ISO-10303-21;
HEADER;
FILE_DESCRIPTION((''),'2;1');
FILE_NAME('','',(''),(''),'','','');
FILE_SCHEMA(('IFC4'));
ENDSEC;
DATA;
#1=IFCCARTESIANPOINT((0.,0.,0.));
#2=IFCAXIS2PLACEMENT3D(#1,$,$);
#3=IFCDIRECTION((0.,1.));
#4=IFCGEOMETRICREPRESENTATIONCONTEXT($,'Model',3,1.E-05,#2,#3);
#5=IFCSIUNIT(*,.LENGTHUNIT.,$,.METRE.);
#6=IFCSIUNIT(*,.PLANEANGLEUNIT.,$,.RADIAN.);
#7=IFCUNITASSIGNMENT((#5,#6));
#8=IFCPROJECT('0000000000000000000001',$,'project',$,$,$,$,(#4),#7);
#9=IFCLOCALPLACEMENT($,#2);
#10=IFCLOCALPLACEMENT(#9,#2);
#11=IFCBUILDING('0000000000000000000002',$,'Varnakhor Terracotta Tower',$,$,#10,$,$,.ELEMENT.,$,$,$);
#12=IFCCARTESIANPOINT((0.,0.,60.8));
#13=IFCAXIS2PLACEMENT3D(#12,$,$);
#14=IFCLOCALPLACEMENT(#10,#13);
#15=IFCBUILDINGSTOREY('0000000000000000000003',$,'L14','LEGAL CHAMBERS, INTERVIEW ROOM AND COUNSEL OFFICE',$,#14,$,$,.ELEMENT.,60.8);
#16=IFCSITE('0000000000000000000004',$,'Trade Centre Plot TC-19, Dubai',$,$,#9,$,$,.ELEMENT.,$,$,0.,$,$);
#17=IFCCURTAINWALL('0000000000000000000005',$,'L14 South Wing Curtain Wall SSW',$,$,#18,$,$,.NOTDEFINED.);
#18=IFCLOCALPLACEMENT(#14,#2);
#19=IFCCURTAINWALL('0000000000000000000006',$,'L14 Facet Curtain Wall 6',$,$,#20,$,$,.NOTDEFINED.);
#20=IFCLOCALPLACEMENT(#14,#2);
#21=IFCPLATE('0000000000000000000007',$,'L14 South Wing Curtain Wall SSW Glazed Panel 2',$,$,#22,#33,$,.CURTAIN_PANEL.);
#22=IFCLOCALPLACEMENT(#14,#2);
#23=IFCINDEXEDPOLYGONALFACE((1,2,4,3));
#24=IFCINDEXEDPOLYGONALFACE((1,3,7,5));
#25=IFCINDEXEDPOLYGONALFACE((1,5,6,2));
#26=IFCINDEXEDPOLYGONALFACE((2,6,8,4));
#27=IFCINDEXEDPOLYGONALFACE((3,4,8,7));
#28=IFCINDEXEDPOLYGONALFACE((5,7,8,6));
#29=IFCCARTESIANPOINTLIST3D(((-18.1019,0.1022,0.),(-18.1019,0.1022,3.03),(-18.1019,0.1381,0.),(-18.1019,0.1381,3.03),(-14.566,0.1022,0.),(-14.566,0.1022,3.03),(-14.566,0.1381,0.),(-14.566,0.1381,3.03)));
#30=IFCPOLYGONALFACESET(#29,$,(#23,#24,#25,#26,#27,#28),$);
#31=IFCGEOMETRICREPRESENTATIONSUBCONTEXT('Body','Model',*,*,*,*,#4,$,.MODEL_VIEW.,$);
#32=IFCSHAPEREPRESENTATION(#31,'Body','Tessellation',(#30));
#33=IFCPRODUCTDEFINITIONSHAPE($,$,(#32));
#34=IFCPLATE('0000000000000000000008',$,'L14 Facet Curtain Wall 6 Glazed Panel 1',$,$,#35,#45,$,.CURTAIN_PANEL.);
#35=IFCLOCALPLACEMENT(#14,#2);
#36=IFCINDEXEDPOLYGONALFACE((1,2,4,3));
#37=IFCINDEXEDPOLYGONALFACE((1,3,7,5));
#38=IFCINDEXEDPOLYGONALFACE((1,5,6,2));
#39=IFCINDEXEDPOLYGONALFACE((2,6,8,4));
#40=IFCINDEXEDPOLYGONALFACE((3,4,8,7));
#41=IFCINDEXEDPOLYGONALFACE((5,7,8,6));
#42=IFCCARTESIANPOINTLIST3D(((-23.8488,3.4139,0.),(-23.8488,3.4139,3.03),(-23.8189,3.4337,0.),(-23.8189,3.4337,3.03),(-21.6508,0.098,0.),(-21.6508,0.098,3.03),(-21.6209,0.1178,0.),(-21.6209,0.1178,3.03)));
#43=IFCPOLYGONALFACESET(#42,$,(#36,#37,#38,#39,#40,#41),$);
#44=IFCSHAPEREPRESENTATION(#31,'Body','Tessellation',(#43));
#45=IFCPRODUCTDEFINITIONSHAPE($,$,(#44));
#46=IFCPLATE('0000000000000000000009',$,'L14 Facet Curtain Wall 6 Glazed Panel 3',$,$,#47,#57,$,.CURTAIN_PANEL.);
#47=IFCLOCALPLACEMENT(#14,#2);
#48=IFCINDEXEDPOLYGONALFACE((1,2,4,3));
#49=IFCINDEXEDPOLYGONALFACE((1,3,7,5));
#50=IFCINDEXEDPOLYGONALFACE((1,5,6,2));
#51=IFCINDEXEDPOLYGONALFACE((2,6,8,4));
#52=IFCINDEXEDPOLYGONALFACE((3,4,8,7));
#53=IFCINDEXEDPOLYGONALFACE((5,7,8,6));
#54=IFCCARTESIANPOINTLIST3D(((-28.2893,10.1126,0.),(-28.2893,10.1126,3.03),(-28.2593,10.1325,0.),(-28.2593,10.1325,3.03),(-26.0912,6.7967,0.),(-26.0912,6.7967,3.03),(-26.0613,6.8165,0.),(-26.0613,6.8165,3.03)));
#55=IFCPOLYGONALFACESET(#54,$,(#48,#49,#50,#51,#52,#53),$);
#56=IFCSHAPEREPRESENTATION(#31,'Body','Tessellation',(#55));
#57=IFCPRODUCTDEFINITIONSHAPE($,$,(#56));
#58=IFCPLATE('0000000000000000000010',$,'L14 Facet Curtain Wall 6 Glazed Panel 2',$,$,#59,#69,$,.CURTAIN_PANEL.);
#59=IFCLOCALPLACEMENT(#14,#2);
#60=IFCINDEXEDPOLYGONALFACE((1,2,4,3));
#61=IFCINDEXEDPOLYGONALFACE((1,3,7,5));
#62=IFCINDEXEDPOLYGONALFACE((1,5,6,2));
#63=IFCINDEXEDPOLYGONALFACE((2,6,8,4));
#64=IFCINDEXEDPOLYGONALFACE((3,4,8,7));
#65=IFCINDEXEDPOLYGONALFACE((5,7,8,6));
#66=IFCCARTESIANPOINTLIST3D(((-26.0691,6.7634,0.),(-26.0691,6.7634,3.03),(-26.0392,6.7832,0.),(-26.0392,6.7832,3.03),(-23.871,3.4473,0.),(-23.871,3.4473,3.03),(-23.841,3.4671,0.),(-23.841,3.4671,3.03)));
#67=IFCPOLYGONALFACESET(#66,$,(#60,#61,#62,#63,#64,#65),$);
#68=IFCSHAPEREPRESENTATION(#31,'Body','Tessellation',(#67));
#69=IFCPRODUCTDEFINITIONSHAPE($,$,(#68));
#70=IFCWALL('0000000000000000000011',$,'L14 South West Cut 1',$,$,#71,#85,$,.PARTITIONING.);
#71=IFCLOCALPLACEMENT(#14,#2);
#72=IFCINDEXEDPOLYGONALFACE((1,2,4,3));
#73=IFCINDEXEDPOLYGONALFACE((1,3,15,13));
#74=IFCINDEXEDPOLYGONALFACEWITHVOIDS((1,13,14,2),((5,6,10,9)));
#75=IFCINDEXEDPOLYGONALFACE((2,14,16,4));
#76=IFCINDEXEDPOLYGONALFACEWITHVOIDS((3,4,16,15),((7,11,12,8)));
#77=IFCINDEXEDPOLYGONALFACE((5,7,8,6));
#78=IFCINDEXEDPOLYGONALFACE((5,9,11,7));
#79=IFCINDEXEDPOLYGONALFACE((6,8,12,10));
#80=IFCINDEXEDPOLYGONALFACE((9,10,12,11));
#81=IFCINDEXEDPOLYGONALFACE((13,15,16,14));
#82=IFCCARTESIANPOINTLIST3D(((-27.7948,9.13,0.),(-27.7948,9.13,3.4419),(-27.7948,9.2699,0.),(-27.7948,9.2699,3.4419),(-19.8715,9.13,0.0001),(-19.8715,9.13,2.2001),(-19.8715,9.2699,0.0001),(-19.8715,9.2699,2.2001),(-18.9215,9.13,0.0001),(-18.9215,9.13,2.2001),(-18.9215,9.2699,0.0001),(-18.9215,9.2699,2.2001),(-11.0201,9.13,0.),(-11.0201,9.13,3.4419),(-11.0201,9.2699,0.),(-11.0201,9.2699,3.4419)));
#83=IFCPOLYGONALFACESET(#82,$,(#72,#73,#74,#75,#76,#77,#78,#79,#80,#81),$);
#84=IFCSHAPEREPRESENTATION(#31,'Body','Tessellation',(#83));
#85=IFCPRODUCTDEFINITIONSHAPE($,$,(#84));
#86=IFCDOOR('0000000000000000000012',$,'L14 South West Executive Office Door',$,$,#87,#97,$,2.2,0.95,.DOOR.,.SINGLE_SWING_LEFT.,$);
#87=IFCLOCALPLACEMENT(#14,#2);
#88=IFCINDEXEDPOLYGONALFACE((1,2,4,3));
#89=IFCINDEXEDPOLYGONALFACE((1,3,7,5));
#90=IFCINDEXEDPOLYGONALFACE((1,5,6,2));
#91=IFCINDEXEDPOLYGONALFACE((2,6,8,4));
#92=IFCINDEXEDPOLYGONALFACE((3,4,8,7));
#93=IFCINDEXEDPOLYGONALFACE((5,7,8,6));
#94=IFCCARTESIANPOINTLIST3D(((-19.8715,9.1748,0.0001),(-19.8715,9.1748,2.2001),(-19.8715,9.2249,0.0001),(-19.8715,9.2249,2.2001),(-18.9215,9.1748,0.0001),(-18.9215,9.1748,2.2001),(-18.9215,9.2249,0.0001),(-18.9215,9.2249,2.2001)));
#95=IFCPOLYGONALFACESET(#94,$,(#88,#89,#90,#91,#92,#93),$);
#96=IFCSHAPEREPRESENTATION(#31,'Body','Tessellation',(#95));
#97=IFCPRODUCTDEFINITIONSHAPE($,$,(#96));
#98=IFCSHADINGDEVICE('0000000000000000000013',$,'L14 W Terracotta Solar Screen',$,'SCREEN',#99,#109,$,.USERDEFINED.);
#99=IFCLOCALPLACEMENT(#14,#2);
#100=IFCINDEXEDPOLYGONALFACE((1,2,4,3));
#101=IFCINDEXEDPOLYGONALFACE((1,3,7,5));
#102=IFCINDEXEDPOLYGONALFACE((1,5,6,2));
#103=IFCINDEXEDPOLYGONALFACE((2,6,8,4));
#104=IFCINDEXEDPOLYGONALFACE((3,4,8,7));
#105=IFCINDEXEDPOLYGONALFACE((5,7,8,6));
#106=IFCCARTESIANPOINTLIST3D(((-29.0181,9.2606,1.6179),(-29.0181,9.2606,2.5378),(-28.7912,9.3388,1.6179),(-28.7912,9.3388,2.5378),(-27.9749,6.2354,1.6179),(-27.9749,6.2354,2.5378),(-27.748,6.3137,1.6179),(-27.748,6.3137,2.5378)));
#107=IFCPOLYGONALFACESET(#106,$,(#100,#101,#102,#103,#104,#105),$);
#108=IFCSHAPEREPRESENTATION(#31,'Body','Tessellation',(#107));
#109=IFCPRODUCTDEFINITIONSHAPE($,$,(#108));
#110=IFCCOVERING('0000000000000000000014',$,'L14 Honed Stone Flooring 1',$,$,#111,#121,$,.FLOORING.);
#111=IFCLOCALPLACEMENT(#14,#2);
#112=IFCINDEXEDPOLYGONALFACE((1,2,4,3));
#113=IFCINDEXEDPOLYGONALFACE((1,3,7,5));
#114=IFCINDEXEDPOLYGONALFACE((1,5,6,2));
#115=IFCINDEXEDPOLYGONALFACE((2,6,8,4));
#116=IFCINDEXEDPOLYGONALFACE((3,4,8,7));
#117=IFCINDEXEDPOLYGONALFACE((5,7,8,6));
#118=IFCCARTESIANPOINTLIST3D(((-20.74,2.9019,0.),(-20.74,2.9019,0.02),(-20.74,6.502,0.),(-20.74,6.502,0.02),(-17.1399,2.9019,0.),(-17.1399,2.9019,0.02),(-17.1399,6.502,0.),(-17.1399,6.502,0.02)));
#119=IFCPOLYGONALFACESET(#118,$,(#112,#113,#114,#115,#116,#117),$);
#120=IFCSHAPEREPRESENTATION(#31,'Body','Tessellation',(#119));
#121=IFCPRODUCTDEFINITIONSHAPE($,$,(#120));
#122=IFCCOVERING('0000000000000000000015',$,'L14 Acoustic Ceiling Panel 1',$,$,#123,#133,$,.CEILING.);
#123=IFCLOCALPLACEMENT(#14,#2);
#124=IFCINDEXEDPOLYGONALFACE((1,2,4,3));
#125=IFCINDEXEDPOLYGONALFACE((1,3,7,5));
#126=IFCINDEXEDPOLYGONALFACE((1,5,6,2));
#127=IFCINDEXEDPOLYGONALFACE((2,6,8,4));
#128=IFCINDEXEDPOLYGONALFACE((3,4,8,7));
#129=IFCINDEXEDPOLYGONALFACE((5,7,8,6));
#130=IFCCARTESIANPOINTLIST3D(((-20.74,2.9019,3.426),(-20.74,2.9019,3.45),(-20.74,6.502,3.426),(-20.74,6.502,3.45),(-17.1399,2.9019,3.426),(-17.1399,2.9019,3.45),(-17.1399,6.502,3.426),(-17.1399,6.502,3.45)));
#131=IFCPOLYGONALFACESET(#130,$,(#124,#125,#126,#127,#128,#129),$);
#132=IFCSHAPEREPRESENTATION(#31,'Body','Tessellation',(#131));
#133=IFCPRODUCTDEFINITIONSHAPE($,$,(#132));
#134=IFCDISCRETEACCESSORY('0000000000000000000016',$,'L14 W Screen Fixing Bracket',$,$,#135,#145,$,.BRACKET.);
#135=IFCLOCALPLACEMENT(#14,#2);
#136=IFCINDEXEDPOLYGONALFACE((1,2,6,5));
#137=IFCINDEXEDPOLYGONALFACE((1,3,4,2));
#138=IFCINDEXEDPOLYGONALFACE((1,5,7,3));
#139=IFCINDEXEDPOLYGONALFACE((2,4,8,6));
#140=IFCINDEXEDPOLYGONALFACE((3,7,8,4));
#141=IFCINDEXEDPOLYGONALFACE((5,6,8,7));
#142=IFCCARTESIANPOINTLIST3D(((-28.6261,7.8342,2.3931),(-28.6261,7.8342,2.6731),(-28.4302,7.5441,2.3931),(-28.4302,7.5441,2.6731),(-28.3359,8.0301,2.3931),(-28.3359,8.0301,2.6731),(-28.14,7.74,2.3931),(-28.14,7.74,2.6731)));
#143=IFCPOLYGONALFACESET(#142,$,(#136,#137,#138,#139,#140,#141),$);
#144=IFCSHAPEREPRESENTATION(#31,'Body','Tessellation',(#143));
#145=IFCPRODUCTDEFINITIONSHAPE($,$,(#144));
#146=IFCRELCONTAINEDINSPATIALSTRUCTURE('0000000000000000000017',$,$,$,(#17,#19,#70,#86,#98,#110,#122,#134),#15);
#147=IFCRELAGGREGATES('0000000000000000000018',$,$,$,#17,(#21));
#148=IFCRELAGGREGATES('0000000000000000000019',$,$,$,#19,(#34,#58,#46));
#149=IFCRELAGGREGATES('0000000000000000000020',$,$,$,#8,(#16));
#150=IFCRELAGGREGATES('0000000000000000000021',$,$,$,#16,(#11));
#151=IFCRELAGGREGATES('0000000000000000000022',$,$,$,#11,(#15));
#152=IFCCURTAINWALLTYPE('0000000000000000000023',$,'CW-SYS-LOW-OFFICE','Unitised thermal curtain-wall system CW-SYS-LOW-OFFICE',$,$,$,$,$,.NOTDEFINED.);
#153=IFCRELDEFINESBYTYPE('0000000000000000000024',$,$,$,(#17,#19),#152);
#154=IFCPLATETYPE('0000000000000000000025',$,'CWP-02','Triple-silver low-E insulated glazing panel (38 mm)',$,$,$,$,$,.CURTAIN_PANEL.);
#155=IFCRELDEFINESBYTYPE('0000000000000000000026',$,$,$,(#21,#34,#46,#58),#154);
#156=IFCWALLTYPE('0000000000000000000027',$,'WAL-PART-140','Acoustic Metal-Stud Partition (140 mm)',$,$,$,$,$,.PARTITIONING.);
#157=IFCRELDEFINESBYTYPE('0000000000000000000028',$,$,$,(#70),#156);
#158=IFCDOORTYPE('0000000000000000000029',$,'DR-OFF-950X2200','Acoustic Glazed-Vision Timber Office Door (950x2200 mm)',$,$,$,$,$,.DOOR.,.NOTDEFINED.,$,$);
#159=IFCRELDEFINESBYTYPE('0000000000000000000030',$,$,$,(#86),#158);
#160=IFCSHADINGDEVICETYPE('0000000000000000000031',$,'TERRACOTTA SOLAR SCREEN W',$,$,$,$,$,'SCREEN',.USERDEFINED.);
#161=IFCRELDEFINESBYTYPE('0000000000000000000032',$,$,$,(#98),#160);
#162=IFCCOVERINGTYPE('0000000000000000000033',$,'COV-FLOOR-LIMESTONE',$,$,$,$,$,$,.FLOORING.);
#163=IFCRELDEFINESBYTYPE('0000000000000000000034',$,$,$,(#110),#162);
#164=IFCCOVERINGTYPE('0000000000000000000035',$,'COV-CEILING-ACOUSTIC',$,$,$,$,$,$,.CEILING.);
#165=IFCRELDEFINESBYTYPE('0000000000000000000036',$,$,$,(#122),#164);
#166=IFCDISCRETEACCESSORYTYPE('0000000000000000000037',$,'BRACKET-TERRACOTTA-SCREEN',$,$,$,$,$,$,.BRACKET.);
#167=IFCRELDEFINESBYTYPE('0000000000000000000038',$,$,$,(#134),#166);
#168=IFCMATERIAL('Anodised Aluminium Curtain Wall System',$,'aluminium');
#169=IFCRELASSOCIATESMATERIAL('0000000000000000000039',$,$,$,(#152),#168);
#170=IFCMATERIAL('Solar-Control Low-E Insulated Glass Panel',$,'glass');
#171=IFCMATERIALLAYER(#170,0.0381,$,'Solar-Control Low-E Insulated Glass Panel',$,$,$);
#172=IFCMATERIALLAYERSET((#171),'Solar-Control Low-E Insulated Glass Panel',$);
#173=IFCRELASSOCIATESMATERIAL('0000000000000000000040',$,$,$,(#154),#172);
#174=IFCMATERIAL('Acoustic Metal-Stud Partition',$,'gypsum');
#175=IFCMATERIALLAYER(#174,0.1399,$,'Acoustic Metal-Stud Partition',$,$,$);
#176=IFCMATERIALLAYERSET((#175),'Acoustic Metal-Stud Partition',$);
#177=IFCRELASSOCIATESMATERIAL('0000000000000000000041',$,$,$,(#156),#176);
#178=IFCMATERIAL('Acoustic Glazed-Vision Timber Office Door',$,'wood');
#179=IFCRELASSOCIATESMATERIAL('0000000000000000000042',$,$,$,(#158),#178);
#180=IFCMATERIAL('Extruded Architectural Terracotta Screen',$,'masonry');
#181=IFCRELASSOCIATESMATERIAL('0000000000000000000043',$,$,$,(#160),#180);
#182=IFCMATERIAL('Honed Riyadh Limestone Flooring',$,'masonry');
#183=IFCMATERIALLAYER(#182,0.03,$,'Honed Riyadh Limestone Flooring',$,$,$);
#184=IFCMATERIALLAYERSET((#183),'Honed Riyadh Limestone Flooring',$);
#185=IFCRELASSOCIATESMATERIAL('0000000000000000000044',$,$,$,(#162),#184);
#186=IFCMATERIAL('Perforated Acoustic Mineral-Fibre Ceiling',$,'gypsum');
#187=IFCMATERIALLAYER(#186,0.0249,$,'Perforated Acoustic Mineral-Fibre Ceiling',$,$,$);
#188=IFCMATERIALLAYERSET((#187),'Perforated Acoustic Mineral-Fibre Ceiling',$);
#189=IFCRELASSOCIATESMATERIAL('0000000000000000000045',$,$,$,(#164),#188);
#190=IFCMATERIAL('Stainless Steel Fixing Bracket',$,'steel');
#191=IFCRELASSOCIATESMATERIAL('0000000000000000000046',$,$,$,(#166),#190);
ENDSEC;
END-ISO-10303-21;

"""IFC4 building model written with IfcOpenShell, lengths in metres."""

from ifc_helpers import new_model, si_unit, direction, frame, frame_2d, origin, origin_2d, place, context, subcontext, project, spatial, rectangle, extrude, source, transform, mapped, material, layer, layer_set, type_object, type_shapes, element, fill, aggregate, save


model = new_model("IFC4")

# Units and contexts
model_context = context("Model", 3, precision=1e-05, world=origin(), true_north=direction((0.0, 1.0)))
body_context = subcontext(model_context, "Body", "Model", "MODEL_VIEW")
ifc_project = project(units=[si_unit("LENGTHUNIT", "METRE"), si_unit("PLANEANGLEUNIT", "RADIAN")], contexts=[model_context])

# Site, building, storey
site_placement = place(None, origin())
site = spatial("IfcSite", under=ifc_project, at=site_placement, Name="Trade Centre Plot TC-19, Dubai", CompositionType="ELEMENT", RefElevation=0.0)
building_placement = place(site_placement, origin())
building = spatial("IfcBuilding", under=site, at=building_placement, Name="Varnakhor Terracotta Tower", CompositionType="ELEMENT")
storey_placement = place(building_placement, frame((0.0, 0.0, 60.8)))
storey = spatial("IfcBuildingStorey", under=building, at=storey_placement, Name="L14", Description="LEGAL CHAMBERS, INTERVIEW ROOM AND COUNSEL OFFICE", CompositionType="ELEMENT", Elevation=60.8)

# Shared definitions
ifc_material_1 = material(Name="Anodised Aluminium Curtain Wall System", Category="aluminium")
curtain_wall_type = type_object("IfcCurtainWallType", Name="CW-SYS-LOW-OFFICE", Description="Unitised thermal curtain-wall system CW-SYS-LOW-OFFICE", PredefinedType="NOTDEFINED", material=ifc_material_1)

# Curtain walls
curtain_wall_1_placement = place(storey_placement, origin())
curtain_wall_1 = element("IfcCurtainWall", 1, at=curtain_wall_1_placement, inside=storey, type_object=curtain_wall_type, Name="L14 South Wing Curtain Wall SSW", PredefinedType="NOTDEFINED")
curtain_wall_2_placement = place(storey_placement, origin())
curtain_wall_2 = element("IfcCurtainWall", 2, at=curtain_wall_2_placement, inside=storey, type_object=curtain_wall_type, Name="L14 Facet Curtain Wall 6", PredefinedType="NOTDEFINED")

# Plates
ifc_material_2 = material(Name="Solar-Control Low-E Insulated Glass Panel", Category="glass")
ifc_layer_1 = layer(ifc_material_2, 0.0381, Name="Solar-Control Low-E Insulated Glass Panel")
ifc_layer_set_1 = layer_set([ifc_layer_1], Name="Solar-Control Low-E Insulated Glass Panel")
plate_type = type_object("IfcPlateType", Name="CWP-02", Description="Triple-silver low-E insulated glazing panel (38 mm)", PredefinedType="CURTAIN_PANEL", material=ifc_layer_set_1)
shared_shape_1 = source(origin(), body_context, "Body", "SweptSolid", [
    extrude(rectangle(XDim=3.5359, YDim=0.0359, at=origin_2d()), origin(), (0.0, 0.0, 1.0), 3.03),
])
plate_1_placement = place(storey_placement, frame((-16.334, 0.1201, 0.0), z_axis=(0.0, 0.0, 1.0), x_axis=(-1.0, 0.0, 0.0)))
plate_1 = element("IfcPlate", 3, at=plate_1_placement, type_object=plate_type, Name="L14 South Wing Curtain Wall SSW Glazed Panel 2", PredefinedType="CURTAIN_PANEL", context=body_context, shape_type="MappedRepresentation", body=[
    mapped(shared_shape_1, transform((0.0, 0.0, 0.0), scale=1.0)),
])
aggregate(curtain_wall_1, [plate_1])
shared_shape_2 = source(origin(), body_context, "Body", "SweptSolid", [
    extrude(rectangle(XDim=3.9783, YDim=0.0359, at=origin_2d()), origin(), (0.0, 0.0, 1.0), 3.03),
])
plate_2_placement = place(storey_placement, frame((-22.7349, 1.7659, 0.0), z_axis=(0.0, 0.0, 1.0), x_axis=(-0.552504, 0.83351, 0.0)))
plate_2 = element("IfcPlate", 4, at=plate_2_placement, type_object=plate_type, Name="L14 Facet Curtain Wall 6 Glazed Panel 1", PredefinedType="CURTAIN_PANEL", context=body_context, shape_type="MappedRepresentation", body=[
    mapped(shared_shape_2, transform((0.0, 0.0, 0.0), scale=1.0)),
])
plate_3_placement = place(storey_placement, frame((-27.1753, 8.4646, 0.0), z_axis=(0.0, 0.0, 1.0), x_axis=(-0.552504, 0.83351, 0.0)))
plate_3 = element("IfcPlate", 5, at=plate_3_placement, type_object=plate_type, Name="L14 Facet Curtain Wall 6 Glazed Panel 3", PredefinedType="CURTAIN_PANEL", context=body_context, shape_type="MappedRepresentation", body=[
    mapped(shared_shape_2, transform((0.0, 0.0, 0.0), scale=1.0)),
])
shared_shape_3 = source(origin(), body_context, "Body", "SweptSolid", [
    extrude(rectangle(XDim=3.9785, YDim=0.0359, at=origin_2d()), origin(), (0.0, 0.0, 1.0), 3.03),
])
plate_4_placement = place(storey_placement, frame((-24.9551, 5.1152, 0.0), z_axis=(0.0, 0.0, 1.0), x_axis=(-0.552504, 0.83351, 0.0)))
plate_4 = element("IfcPlate", 6, at=plate_4_placement, type_object=plate_type, Name="L14 Facet Curtain Wall 6 Glazed Panel 2", PredefinedType="CURTAIN_PANEL", context=body_context, shape_type="MappedRepresentation", body=[
    mapped(shared_shape_3, transform((0.0, 0.0, 0.0), scale=1.0)),
])
aggregate(curtain_wall_2, [plate_2, plate_4, plate_3])

# Wall, opening, door
ifc_material_3 = material(Name="Acoustic Metal-Stud Partition", Category="gypsum")
ifc_layer_2 = layer(ifc_material_3, 0.1399, Name="Acoustic Metal-Stud Partition")
ifc_layer_set_2 = layer_set([ifc_layer_2], Name="Acoustic Metal-Stud Partition")
wall_type = type_object("IfcWallType", Name="WAL-PART-140", Description="Acoustic Metal-Stud Partition (140 mm)", PredefinedType="PARTITIONING", material=ifc_layer_set_2)
wall_placement = place(storey_placement, frame((-27.7947, 9.2, 0.0), z_axis=(0.0, 0.0, 1.0), x_axis=(1.0, 0.0, 0.0)))
wall = element("IfcWall", 7, at=wall_placement, inside=storey, type_object=wall_type, Name="L14 South West Cut 1", PredefinedType="PARTITIONING", context=body_context, shape_type="SweptSolid", body=[
    extrude(rectangle(XDim=16.7747, YDim=0.1399, at=frame_2d((8.3872, 0.0))), origin(), (0.0, 0.0, 1.0), 3.4419),
])
opening_placement = place(wall_placement, frame((7.9231, 0.0, 0.0)))
opening = element("IfcOpeningElement", 8, at=opening_placement, cuts=wall, PredefinedType="OPENING", context=body_context, shape_type="SweptSolid", body=[
    extrude(rectangle(XDim=0.95, YDim=2.2, at=frame_2d((0.4751, 1.1001))), frame((0.0, 0.0801, 0.0), z_axis=(0.0, -1.0, 0.0), x_axis=(1.0, 0.0, 0.0)), (0.0, 0.0, 1.0), 0.1599),
])
ifc_material_4 = material(Name="Acoustic Glazed-Vision Timber Office Door", Category="wood")
door_type = type_object("IfcDoorType", Name="DR-OFF-950X2200", Description="Acoustic Glazed-Vision Timber Office Door (950x2200 mm)", OperationType="NOTDEFINED", PredefinedType="DOOR", material=ifc_material_4)
shared_shape_4 = source(origin(), body_context, "Body", "SweptSolid", [
    extrude(rectangle(XDim=0.95, YDim=2.2, at=frame_2d((0.4751, 1.1001))), frame((0.0, 0.0249, 0.0), z_axis=(0.0, -1.0, 0.0), x_axis=(1.0, 0.0, 0.0)), (0.0, 0.0, 1.0), 0.05),
])
type_shapes(door_type, [shared_shape_4])
door_placement = place(opening_placement, origin())
door = element("IfcDoor", 9, at=door_placement, inside=storey, type_object=door_type, Name="L14 South West Executive Office Door", OperationType="SINGLE_SWING_LEFT", OverallHeight=2.2, OverallWidth=0.95, PredefinedType="DOOR", context=body_context, shape_type="MappedRepresentation", body=[
    mapped(shared_shape_4, transform((0.0, 0.0, 0.0), scale=1.0)),
])
fill(opening, door)

# Shading device
ifc_material_5 = material(Name="Extruded Architectural Terracotta Screen", Category="masonry")
shading_device_type = type_object("IfcShadingDeviceType", Name="TERRACOTTA SOLAR SCREEN W", ElementType="SCREEN", PredefinedType="USERDEFINED", material=ifc_material_5)
shared_shape_5 = source(origin(), body_context, "Body", "SweptSolid", [
    extrude(rectangle(XDim=3.2, YDim=0.24, at=origin_2d()), origin(), (0.0, 0.0, 1.0), 0.9199),
])
type_shapes(shading_device_type, [shared_shape_5])
shading_device_placement = place(storey_placement, frame((-28.3831, 7.7871, 1.6179), z_axis=(0.0, 0.0, 1.0), x_axis=(0.325997, -0.945371, 0.0)))
element("IfcShadingDevice", 10, at=shading_device_placement, inside=storey, type_object=shading_device_type, Name="L14 W Terracotta Solar Screen", ObjectType="SCREEN", PredefinedType="USERDEFINED", context=body_context, shape_type="MappedRepresentation", body=[
    mapped(shared_shape_5, transform((0.0, 0.0, 0.0), scale=1.0)),
])

# Coverings
ifc_material_6 = material(Name="Honed Riyadh Limestone Flooring", Category="masonry")
ifc_layer_3 = layer(ifc_material_6, 0.03, Name="Honed Riyadh Limestone Flooring")
ifc_layer_set_3 = layer_set([ifc_layer_3], Name="Honed Riyadh Limestone Flooring")
covering_type_1 = type_object("IfcCoveringType", Name="COV-FLOOR-LIMESTONE", PredefinedType="FLOORING", material=ifc_layer_set_3)
shared_shape_6 = source(origin(), body_context, "Body", "SweptSolid", [
    extrude(rectangle(XDim=3.6001, YDim=3.6001, at=origin_2d()), origin(), (0.0, 0.0, 1.0), 0.02),
])
covering_1_placement = place(storey_placement, frame((-18.9399, 4.7019, 0.0), z_axis=(0.0, 0.0, 1.0), x_axis=(1.0, 0.0, 0.0)))
element("IfcCovering", 11, at=covering_1_placement, inside=storey, type_object=covering_type_1, Name="L14 Honed Stone Flooring 1", PredefinedType="FLOORING", context=body_context, shape_type="MappedRepresentation", body=[
    mapped(shared_shape_6, transform((0.0, 0.0, 0.0), scale=1.0)),
])
ifc_material_7 = material(Name="Perforated Acoustic Mineral-Fibre Ceiling", Category="gypsum")
ifc_layer_4 = layer(ifc_material_7, 0.0249, Name="Perforated Acoustic Mineral-Fibre Ceiling")
ifc_layer_set_4 = layer_set([ifc_layer_4], Name="Perforated Acoustic Mineral-Fibre Ceiling")
covering_type_2 = type_object("IfcCoveringType", Name="COV-CEILING-ACOUSTIC", PredefinedType="CEILING", material=ifc_layer_set_4)
shared_shape_7 = source(origin(), body_context, "Body", "SweptSolid", [
    extrude(rectangle(XDim=3.6001, YDim=3.6001, at=origin_2d()), origin(), (0.0, 0.0, 1.0), 0.0239),
])
covering_2_placement = place(storey_placement, frame((-18.9399, 4.7019, 3.426), z_axis=(0.0, 0.0, 1.0), x_axis=(1.0, 0.0, 0.0)))
element("IfcCovering", 12, at=covering_2_placement, inside=storey, type_object=covering_type_2, Name="L14 Acoustic Ceiling Panel 1", PredefinedType="CEILING", context=body_context, shape_type="MappedRepresentation", body=[
    mapped(shared_shape_7, transform((0.0, 0.0, 0.0), scale=1.0)),
])

# Discrete accessory
ifc_material_8 = material(Name="Stainless Steel Fixing Bracket", Category="steel")
discrete_accessory_type = type_object("IfcDiscreteAccessoryType", Name="BRACKET-TERRACOTTA-SCREEN", PredefinedType="BRACKET", material=ifc_material_8)
shared_shape_8 = source(origin(), body_context, "Body", "SweptSolid", [
    extrude(rectangle(XDim=0.3501, YDim=0.3501, at=origin_2d()), origin(), (0.0, 0.0, 1.0), 0.28),
])
type_shapes(discrete_accessory_type, [shared_shape_8])
discrete_accessory_placement = place(storey_placement, frame((-28.3831, 7.7871, 2.3931), z_axis=(0.0, 0.0, 1.0), x_axis=(0.559569, -0.828784, 0.0)))
element("IfcDiscreteAccessory", 13, at=discrete_accessory_placement, inside=storey, type_object=discrete_accessory_type, Name="L14 W Screen Fixing Bracket", PredefinedType="BRACKET", context=body_context, shape_type="MappedRepresentation", body=[
    mapped(shared_shape_8, transform((0.0, 0.0, 0.0), scale=1.0)),
])

save(model, "model.ifc")
